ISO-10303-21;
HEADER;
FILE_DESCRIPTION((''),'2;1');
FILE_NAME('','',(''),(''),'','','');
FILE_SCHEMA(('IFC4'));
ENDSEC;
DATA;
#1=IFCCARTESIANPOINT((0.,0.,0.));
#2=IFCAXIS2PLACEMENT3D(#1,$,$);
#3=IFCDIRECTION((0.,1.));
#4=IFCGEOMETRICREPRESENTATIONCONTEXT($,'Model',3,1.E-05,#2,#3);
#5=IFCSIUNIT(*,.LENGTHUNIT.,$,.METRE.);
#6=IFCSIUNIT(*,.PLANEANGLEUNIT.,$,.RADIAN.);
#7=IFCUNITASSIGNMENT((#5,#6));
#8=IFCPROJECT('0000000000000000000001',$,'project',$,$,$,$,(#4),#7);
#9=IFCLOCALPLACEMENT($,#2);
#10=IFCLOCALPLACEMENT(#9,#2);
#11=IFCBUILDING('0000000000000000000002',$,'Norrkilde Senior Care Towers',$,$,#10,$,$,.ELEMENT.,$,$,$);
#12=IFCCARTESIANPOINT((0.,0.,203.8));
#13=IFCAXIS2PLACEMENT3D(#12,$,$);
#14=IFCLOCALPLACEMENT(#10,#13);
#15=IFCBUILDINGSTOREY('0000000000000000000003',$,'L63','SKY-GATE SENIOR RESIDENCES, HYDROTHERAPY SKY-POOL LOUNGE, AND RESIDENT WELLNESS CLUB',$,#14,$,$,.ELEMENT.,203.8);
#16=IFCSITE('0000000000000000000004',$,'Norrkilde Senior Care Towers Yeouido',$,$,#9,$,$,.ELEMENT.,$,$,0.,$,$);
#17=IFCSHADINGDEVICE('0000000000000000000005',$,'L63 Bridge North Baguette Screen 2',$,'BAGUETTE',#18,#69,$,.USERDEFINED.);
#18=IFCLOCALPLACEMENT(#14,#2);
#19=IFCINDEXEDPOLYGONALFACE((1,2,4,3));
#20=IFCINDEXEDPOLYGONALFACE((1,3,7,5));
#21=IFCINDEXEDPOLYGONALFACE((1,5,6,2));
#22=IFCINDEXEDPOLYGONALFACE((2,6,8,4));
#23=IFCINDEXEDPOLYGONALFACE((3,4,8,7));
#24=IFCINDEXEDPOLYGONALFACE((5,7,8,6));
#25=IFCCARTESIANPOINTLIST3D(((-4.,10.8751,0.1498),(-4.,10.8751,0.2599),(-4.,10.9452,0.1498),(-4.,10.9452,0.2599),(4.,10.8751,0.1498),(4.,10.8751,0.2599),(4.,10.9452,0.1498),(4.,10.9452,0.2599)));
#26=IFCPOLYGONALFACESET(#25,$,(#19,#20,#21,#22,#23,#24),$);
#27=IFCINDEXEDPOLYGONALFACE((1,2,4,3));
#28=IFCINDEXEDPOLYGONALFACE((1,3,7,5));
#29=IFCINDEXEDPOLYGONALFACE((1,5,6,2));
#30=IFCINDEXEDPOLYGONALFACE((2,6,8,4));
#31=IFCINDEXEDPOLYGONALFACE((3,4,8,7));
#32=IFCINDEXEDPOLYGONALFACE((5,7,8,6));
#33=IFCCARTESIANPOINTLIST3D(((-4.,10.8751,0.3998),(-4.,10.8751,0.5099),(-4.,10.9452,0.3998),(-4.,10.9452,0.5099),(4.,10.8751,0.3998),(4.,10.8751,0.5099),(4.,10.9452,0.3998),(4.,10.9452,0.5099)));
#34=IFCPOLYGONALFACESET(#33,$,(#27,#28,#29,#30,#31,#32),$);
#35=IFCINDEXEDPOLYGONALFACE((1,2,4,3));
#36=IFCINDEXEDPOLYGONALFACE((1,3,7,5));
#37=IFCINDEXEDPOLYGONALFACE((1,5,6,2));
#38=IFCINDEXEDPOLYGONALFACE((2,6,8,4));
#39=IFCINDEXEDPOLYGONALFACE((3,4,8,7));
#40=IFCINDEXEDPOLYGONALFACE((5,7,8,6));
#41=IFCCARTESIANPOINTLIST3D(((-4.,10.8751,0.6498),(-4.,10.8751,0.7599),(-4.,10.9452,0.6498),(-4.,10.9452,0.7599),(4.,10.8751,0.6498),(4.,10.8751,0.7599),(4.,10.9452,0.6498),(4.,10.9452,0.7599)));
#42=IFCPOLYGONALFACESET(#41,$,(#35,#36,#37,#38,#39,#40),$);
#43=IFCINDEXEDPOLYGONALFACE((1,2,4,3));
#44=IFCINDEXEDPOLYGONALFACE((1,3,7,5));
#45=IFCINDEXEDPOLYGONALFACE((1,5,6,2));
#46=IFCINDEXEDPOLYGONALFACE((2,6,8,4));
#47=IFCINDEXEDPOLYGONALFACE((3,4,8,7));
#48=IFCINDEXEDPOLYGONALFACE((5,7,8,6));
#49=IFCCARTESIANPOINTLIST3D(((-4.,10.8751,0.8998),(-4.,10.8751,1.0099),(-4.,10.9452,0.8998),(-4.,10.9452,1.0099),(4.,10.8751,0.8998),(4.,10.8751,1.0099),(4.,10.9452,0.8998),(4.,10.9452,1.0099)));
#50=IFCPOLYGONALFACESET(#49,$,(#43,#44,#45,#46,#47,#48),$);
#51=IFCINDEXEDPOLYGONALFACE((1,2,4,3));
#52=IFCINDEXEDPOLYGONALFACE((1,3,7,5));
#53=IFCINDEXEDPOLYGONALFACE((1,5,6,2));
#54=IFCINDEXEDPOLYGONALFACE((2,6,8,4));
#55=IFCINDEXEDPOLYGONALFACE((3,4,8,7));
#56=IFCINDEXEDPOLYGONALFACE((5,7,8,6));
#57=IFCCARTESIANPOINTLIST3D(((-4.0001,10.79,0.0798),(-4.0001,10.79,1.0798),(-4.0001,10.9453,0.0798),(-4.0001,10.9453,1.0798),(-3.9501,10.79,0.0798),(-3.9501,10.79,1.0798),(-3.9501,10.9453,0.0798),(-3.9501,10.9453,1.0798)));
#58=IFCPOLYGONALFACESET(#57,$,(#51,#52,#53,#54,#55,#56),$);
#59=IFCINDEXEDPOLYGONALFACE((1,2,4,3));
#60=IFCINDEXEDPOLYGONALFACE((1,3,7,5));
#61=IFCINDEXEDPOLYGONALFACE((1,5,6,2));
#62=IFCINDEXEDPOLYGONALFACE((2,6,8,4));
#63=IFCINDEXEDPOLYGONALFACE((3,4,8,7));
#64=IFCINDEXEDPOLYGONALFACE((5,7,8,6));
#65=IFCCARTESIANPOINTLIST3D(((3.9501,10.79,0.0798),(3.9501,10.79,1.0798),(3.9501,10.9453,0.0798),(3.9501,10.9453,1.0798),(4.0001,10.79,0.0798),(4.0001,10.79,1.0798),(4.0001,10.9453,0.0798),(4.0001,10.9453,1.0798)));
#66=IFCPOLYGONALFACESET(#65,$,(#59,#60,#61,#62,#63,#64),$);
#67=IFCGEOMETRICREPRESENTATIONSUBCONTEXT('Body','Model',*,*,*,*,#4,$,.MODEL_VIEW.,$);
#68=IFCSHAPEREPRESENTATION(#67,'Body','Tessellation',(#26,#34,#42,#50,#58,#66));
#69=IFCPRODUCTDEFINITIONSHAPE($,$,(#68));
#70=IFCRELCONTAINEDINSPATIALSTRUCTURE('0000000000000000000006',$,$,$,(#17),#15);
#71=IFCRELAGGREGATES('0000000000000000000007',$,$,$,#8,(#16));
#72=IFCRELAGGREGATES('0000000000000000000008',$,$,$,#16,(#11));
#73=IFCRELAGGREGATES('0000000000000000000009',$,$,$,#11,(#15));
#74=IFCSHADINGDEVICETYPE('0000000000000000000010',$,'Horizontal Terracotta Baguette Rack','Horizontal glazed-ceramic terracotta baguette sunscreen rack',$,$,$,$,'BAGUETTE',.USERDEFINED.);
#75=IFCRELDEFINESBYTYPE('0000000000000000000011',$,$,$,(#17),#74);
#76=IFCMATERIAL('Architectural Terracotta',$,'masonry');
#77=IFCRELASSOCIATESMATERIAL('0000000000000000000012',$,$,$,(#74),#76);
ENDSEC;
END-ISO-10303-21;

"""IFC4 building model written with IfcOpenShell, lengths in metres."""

from ifc_helpers import new_model, si_unit, direction, frame, origin, origin_2d, place, context, subcontext, project, spatial, rectangle, extrude, source, transform, mapped, material, type_object, type_shapes, element, save


model = new_model("IFC4")

# Units and contexts
model_context = context("Model", 3, precision=1e-05, world=origin(), true_north=direction((0.0, 1.0)))
body_context = subcontext(model_context, "Body", "Model", "MODEL_VIEW")
ifc_project = project(units=[si_unit("LENGTHUNIT", "METRE"), si_unit("PLANEANGLEUNIT", "RADIAN")], contexts=[model_context])

# Site, building, storey
site_placement = place(None, origin())
site = spatial("IfcSite", under=ifc_project, at=site_placement, Name="Norrkilde Senior Care Towers Yeouido", CompositionType="ELEMENT", RefElevation=0.0)
building_placement = place(site_placement, origin())
building = spatial("IfcBuilding", under=site, at=building_placement, Name="Norrkilde Senior Care Towers", CompositionType="ELEMENT")
storey_placement = place(building_placement, frame((0.0, 0.0, 203.8)))
storey = spatial("IfcBuildingStorey", under=building, at=storey_placement, Name="L63", Description="SKY-GATE SENIOR RESIDENCES, HYDROTHERAPY SKY-POOL LOUNGE, AND RESIDENT WELLNESS CLUB", CompositionType="ELEMENT", Elevation=203.8)

# Shared definitions
ifc_material_1 = material(Name="Architectural Terracotta", Category="masonry")

# Shading device
shading_device_type = type_object("IfcShadingDeviceType", Name="Horizontal Terracotta Baguette Rack", Description="Horizontal glazed-ceramic terracotta baguette sunscreen rack", ElementType="BAGUETTE", PredefinedType="USERDEFINED", material=ifc_material_1)
shared_shape_1 = source(origin(), body_context, "Body", "SweptSolid", [
    extrude(rectangle(XDim=0.0701, YDim=0.1101, at=origin_2d()), frame((0.0, 0.0901, 0.125), z_axis=(1.0, 0.0, 0.0), x_axis=(0.0, 1.0, 0.0)), (0.0, 0.0, 1.0), 8.0),
    extrude(rectangle(XDim=0.0701, YDim=0.1101, at=origin_2d()), frame((0.0, 0.0901, 0.375), z_axis=(1.0, 0.0, 0.0), x_axis=(0.0, 1.0, 0.0)), (0.0, 0.0, 1.0), 8.0),
    extrude(rectangle(XDim=0.0701, YDim=0.1101, at=origin_2d()), frame((0.0, 0.0901, 0.625), z_axis=(1.0, 0.0, 0.0), x_axis=(0.0, 1.0, 0.0)), (0.0, 0.0, 1.0), 8.0),
    extrude(rectangle(XDim=0.0701, YDim=0.1101, at=origin_2d()), frame((0.0, 0.0901, 0.875), z_axis=(1.0, 0.0, 0.0), x_axis=(0.0, 1.0, 0.0)), (0.0, 0.0, 1.0), 8.0),
    extrude(rectangle(XDim=0.05, YDim=0.1553, at=origin_2d()), frame((0.0249, 0.0476, 0.0)), (0.0, 0.0, 1.0), 1.0),
    extrude(rectangle(XDim=0.05, YDim=0.1553, at=origin_2d()), frame((7.9751, 0.0476, 0.0)), (0.0, 0.0, 1.0), 1.0),
])
type_shapes(shading_device_type, [shared_shape_1])
shading_device_placement = place(storey_placement, frame((-4.0, 10.8201, 0.0798), z_axis=(0.0, 0.0, 1.0), x_axis=(1.0, 0.0, 0.0)))
element("IfcShadingDevice", 1, at=shading_device_placement, inside=storey, type_object=shading_device_type, Name="L63 Bridge North Baguette Screen 2", ObjectType="BAGUETTE", PredefinedType="USERDEFINED", context=body_context, shape_type="MappedRepresentation", body=[
    mapped(shared_shape_1, transform((0.0, 0.0, 0.0), x_axis=(1.0, 0.0, 0.0), y_axis=(0.0, 1.0, 0.0), z_axis=(0.0, 0.0, 1.0), scale=1.0)),
])

save(model, "model.ifc")
